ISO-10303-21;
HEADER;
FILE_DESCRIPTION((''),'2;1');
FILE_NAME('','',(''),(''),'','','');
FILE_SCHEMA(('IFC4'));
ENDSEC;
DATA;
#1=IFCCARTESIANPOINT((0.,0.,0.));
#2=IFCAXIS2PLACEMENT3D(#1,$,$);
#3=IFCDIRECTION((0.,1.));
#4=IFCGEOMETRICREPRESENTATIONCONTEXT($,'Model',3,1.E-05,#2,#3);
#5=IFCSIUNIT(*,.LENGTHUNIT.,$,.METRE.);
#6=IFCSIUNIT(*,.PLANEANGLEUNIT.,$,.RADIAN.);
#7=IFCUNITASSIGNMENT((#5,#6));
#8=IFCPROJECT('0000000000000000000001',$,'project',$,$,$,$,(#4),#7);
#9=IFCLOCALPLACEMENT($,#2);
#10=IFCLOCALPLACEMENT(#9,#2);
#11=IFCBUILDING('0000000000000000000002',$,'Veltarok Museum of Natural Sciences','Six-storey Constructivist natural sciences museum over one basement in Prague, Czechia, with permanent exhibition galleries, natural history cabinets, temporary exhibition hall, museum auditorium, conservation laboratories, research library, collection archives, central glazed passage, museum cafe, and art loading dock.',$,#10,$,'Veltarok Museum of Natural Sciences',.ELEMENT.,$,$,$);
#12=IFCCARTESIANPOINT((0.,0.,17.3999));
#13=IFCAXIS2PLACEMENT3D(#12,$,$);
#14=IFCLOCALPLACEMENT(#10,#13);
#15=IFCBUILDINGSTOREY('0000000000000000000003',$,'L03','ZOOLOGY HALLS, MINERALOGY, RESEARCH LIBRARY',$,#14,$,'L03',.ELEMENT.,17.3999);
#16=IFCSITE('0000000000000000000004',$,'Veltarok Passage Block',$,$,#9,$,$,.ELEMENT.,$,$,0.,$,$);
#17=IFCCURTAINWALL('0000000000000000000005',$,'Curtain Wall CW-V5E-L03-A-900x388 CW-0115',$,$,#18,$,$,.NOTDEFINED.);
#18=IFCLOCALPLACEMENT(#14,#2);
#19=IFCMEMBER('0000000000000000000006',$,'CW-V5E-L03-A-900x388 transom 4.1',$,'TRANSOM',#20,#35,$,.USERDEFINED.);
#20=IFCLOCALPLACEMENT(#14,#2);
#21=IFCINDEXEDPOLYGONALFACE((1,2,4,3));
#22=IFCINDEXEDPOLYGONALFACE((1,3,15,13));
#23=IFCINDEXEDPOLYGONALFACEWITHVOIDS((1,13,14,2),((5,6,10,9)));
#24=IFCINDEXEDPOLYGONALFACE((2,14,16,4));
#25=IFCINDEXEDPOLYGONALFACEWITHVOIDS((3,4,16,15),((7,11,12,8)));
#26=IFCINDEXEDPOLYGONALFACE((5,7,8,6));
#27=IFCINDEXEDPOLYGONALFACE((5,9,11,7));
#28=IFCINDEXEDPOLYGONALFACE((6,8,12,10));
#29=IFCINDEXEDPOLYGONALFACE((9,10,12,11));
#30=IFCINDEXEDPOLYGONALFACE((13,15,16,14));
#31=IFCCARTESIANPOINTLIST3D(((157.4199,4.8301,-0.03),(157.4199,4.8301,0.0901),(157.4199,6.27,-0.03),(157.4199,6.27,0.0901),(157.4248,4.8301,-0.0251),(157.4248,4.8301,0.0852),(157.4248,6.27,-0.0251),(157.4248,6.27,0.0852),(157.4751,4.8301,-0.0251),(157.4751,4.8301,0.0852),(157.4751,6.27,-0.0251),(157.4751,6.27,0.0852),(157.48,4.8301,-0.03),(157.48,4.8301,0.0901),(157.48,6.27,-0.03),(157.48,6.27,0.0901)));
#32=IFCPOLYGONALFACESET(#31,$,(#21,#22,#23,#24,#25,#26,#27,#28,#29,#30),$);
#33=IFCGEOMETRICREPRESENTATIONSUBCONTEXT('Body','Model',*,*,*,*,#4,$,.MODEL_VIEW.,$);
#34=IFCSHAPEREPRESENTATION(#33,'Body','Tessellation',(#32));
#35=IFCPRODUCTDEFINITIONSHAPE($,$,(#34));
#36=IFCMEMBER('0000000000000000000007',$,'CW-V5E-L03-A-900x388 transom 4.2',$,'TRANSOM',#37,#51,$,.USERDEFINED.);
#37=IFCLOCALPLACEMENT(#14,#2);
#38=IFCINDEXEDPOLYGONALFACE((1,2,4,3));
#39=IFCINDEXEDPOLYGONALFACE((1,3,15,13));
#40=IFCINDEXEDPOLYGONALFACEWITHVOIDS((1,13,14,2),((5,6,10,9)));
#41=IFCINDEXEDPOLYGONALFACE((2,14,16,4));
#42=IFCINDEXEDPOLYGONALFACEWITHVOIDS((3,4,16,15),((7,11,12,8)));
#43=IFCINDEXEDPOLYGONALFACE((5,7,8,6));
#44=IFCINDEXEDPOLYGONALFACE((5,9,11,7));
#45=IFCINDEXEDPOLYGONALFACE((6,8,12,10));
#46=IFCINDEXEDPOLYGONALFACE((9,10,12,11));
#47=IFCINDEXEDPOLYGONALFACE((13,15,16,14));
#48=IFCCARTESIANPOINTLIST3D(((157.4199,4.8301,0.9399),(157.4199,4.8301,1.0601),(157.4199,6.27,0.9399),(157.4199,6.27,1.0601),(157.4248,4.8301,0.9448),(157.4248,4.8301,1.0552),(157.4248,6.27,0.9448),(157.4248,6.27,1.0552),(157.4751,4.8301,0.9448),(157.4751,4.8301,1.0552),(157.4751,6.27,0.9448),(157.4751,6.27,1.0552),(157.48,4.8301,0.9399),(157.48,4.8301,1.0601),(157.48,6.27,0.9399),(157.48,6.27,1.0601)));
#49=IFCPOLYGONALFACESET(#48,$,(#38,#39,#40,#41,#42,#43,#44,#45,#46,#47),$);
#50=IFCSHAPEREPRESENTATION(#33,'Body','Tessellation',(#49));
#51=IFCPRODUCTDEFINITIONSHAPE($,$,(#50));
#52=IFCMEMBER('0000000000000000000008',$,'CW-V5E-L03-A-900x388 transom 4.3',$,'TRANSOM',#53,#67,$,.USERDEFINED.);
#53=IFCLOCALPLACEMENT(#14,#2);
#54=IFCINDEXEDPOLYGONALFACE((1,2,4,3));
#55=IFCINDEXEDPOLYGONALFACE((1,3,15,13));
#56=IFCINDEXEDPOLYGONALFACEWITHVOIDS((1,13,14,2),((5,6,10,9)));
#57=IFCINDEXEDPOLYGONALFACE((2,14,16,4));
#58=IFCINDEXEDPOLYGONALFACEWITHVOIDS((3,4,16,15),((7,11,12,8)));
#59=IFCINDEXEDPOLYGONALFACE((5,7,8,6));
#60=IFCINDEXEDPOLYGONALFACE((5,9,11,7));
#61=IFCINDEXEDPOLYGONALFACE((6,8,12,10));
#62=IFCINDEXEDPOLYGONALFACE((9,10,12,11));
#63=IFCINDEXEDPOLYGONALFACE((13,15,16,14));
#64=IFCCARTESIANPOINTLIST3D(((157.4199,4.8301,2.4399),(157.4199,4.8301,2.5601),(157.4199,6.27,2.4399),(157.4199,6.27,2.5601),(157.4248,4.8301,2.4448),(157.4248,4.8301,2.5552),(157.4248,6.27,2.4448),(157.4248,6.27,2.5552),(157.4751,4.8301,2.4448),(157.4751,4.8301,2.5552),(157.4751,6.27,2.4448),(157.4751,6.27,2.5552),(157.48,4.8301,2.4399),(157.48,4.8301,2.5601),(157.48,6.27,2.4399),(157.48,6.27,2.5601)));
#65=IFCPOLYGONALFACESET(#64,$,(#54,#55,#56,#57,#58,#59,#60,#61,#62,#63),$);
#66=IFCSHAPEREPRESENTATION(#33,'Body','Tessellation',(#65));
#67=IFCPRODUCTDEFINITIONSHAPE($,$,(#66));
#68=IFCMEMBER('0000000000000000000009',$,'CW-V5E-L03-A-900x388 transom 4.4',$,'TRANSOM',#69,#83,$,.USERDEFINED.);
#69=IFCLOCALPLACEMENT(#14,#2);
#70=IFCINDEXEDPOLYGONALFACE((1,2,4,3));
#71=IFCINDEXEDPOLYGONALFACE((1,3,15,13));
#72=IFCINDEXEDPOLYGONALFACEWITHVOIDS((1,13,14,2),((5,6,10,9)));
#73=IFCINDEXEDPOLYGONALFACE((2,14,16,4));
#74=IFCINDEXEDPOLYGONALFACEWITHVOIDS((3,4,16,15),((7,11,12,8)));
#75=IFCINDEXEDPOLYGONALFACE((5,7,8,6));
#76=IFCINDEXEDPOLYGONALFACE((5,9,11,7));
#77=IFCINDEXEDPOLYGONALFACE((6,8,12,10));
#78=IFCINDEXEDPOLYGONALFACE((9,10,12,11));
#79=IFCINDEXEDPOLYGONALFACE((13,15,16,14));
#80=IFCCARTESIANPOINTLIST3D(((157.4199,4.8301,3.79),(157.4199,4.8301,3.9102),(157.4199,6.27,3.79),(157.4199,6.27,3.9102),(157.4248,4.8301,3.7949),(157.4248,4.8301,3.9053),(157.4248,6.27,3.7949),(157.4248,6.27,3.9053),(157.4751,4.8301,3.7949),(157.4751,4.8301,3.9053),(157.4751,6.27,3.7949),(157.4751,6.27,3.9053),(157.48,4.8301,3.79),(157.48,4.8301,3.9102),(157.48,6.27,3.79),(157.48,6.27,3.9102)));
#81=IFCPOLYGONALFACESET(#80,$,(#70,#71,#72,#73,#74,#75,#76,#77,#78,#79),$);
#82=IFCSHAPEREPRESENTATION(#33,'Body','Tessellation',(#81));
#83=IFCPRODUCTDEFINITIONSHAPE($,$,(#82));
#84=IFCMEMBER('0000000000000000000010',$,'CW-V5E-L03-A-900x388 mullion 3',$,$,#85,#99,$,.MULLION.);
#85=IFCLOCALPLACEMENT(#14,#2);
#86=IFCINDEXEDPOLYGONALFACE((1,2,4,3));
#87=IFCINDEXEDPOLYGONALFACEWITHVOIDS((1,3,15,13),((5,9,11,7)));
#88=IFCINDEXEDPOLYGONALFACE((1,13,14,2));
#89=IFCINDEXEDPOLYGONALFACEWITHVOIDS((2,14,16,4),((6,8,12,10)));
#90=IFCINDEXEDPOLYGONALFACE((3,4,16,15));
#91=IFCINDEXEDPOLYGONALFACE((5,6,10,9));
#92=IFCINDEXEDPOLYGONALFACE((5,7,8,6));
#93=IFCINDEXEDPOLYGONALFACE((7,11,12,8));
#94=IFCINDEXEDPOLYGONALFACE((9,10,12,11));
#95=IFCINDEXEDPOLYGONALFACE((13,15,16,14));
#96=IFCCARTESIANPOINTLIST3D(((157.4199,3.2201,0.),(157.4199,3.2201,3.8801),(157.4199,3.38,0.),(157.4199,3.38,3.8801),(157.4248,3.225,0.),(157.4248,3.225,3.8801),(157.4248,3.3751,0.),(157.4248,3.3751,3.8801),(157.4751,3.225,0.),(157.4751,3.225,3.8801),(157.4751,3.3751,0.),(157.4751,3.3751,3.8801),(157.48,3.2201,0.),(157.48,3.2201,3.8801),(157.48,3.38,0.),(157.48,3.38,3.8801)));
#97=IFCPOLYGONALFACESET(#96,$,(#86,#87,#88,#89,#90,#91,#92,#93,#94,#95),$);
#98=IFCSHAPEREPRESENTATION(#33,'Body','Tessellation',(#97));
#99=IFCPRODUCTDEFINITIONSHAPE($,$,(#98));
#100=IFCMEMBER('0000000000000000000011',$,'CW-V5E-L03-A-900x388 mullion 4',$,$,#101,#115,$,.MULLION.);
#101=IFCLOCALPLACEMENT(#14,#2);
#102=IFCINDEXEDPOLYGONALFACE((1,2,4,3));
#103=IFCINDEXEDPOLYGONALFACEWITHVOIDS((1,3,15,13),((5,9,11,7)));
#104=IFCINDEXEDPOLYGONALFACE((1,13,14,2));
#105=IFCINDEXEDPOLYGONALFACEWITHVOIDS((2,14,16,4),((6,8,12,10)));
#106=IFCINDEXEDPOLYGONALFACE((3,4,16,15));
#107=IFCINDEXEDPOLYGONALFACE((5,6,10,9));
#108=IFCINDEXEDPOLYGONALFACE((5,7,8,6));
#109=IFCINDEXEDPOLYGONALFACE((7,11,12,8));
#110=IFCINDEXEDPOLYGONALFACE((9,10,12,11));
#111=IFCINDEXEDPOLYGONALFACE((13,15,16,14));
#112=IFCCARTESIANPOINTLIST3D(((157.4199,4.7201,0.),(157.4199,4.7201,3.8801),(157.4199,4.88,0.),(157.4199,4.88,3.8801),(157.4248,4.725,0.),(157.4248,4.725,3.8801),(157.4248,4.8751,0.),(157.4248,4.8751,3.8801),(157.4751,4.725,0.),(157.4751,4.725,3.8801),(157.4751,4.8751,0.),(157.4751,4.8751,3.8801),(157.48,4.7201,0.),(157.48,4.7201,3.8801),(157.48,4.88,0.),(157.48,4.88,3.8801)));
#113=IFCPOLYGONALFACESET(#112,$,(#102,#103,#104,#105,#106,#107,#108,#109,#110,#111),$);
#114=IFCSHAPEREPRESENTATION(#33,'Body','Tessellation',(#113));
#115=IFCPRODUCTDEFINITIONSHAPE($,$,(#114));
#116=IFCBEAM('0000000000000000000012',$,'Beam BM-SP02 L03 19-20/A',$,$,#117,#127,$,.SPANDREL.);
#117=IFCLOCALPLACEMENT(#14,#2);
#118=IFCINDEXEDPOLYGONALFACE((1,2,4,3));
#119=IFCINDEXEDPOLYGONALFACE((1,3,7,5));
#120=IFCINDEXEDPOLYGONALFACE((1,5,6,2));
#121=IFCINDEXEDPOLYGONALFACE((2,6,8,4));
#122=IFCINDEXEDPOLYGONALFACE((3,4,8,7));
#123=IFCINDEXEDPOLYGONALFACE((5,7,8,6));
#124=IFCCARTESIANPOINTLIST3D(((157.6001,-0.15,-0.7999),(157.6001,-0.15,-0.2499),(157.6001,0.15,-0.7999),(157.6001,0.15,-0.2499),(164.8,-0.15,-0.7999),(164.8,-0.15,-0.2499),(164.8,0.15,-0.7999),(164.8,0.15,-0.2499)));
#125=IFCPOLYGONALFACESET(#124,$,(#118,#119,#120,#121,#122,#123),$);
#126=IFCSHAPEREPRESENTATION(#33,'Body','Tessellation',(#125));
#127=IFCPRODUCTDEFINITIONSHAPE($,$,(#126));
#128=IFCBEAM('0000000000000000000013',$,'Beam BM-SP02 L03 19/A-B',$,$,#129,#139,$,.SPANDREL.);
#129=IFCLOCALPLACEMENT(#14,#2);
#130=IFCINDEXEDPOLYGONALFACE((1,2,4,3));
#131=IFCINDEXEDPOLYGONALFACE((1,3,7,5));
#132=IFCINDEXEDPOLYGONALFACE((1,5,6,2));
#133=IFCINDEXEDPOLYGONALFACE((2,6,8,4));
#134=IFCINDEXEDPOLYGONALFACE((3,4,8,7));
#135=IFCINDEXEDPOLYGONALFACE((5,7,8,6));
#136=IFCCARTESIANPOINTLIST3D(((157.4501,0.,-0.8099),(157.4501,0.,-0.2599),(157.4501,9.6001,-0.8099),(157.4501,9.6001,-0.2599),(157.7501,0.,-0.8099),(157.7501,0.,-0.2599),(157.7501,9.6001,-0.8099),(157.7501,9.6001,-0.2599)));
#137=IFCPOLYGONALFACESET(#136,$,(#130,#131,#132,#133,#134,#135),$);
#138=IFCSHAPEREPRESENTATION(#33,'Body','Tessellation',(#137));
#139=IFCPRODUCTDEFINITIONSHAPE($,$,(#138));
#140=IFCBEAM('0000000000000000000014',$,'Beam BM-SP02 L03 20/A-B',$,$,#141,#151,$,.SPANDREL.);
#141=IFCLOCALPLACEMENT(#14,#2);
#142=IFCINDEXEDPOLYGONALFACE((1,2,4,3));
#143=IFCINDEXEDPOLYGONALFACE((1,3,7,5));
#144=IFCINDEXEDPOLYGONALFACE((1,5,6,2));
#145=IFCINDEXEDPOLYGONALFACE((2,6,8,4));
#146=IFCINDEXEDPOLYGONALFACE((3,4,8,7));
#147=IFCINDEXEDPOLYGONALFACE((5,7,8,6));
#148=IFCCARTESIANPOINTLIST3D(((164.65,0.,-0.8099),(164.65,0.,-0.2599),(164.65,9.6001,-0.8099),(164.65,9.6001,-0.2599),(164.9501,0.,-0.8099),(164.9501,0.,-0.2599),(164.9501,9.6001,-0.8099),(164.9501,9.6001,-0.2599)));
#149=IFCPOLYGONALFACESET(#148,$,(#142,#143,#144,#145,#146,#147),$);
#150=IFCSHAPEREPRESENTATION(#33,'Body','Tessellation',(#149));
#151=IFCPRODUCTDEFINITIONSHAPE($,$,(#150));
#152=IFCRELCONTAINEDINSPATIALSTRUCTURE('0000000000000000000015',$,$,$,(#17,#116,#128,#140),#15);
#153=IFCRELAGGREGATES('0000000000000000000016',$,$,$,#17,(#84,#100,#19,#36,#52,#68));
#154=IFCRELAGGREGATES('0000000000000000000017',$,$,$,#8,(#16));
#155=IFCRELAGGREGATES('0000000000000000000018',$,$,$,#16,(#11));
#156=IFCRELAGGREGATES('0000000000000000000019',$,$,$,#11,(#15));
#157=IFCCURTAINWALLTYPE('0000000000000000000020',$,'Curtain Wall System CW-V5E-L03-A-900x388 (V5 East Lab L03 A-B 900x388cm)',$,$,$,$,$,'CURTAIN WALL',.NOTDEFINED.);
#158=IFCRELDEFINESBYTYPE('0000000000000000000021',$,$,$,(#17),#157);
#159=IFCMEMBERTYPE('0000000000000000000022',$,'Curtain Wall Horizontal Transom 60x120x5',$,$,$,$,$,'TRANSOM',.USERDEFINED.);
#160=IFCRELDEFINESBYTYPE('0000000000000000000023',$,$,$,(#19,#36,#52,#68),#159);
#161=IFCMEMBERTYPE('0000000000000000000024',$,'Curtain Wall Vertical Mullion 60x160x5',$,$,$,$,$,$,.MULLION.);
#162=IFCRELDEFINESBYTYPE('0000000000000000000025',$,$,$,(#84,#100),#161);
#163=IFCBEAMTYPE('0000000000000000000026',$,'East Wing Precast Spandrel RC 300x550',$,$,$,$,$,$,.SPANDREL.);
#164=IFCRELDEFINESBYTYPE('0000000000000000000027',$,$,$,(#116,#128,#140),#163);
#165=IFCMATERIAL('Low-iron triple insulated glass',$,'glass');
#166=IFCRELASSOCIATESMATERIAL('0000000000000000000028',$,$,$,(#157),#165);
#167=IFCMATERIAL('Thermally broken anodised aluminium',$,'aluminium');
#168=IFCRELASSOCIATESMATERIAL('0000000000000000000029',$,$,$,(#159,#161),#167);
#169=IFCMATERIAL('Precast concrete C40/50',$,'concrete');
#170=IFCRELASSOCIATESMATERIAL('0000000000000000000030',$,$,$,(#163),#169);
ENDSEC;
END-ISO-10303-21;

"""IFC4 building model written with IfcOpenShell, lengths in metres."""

from ifc_helpers import new_model, si_unit, direction, frame, origin, origin_2d, place, context, subcontext, project, spatial, rectangle, hollow_rectangle, extrude, material, material_profile, profile_set, type_object, element, aggregate, save


model = new_model("IFC4")

# Units and contexts
model_context = context("Model", 3, precision=1e-05, world=origin(), true_north=direction((0.0, 1.0)))
body_context = subcontext(model_context, "Body", "Model", "MODEL_VIEW")
ifc_project = project(units=[si_unit("LENGTHUNIT", "METRE"), si_unit("PLANEANGLEUNIT", "RADIAN")], contexts=[model_context])

# Site, building, storey
site_placement = place(None, origin())
site = spatial("IfcSite", under=ifc_project, at=site_placement, Name="Veltarok Passage Block", CompositionType="ELEMENT", RefElevation=0.0)
building_placement = place(site_placement, origin())
building = spatial("IfcBuilding", under=site, at=building_placement, Name="Veltarok Museum of Natural Sciences", Description="Six-storey Constructivist natural sciences museum over one basement in Prague, Czechia, with permanent exhibition galleries, natural history cabinets, temporary exhibition hall, museum auditorium, conservation laboratories, research library, collection archives, central glazed passage, museum cafe, and art loading dock.", LongName="Veltarok Museum of Natural Sciences", CompositionType="ELEMENT")
storey_placement = place(building_placement, frame((0.0, 0.0, 17.3999)))
storey = spatial("IfcBuildingStorey", under=building, at=storey_placement, Name="L03", Description="ZOOLOGY HALLS, MINERALOGY, RESEARCH LIBRARY", LongName="L03", CompositionType="ELEMENT", Elevation=17.3999)

# Curtain wall, members
ifc_material_1 = material(Name="Low-iron triple insulated glass", Category="glass")
curtain_wall_type = type_object("IfcCurtainWallType", Name="Curtain Wall System CW-V5E-L03-A-900x388 (V5 East Lab L03 A-B 900x388cm)", ElementType="CURTAIN WALL", PredefinedType="NOTDEFINED", material=ifc_material_1)
curtain_wall_placement = place(storey_placement, origin())
curtain_wall = element("IfcCurtainWall", 1, at=curtain_wall_placement, inside=storey, type_object=curtain_wall_type, Name="Curtain Wall CW-V5E-L03-A-900x388 CW-0115", PredefinedType="NOTDEFINED")
ifc_material_2 = material(Name="Thermally broken anodised aluminium", Category="aluminium")
ifc_material_profile_1 = material_profile(ifc_material_2, hollow_rectangle(XDim=0.0601, YDim=0.1201, WallThickness=0.0049, at=origin_2d()), Name="CW TRANSOM 60x120x5")
ifc_profile_set_1 = profile_set([ifc_material_profile_1], Name="Thermally broken anodised aluminium")
member_type_1 = type_object("IfcMemberType", Name="Curtain Wall Horizontal Transom 60x120x5", ElementType="TRANSOM", PredefinedType="USERDEFINED", material=ifc_profile_set_1)
member_1_placement = place(storey_placement, frame((157.45, 4.8301, 0.03), z_axis=(0.0, 1.0, 0.0), x_axis=(-1.0, 0.0, 0.0)))
member_1 = element("IfcMember", 2, at=member_1_placement, type_object=member_type_1, Name="CW-V5E-L03-A-900x388 transom 4.1", ObjectType="TRANSOM", PredefinedType="USERDEFINED", context=body_context, shape_type="SweptSolid", body=[
    extrude(hollow_rectangle(XDim=0.0601, YDim=0.1201, WallThickness=0.0049, at=origin_2d()), origin(), (0.0, 0.0, 1.0), 1.4399),
])
member_2_placement = place(storey_placement, frame((157.45, 4.8301, 1.0), z_axis=(0.0, 1.0, 0.0), x_axis=(-1.0, 0.0, 0.0)))
member_2 = element("IfcMember", 3, at=member_2_placement, type_object=member_type_1, Name="CW-V5E-L03-A-900x388 transom 4.2", ObjectType="TRANSOM", PredefinedType="USERDEFINED", context=body_context, shape_type="SweptSolid", body=[
    extrude(hollow_rectangle(XDim=0.0601, YDim=0.1201, WallThickness=0.0049, at=origin_2d()), origin(), (0.0, 0.0, 1.0), 1.4399),
])
member_3_placement = place(storey_placement, frame((157.45, 4.8301, 2.5), z_axis=(0.0, 1.0, 0.0), x_axis=(-1.0, 0.0, 0.0)))
member_3 = element("IfcMember", 4, at=member_3_placement, type_object=member_type_1, Name="CW-V5E-L03-A-900x388 transom 4.3", ObjectType="TRANSOM", PredefinedType="USERDEFINED", context=body_context, shape_type="SweptSolid", body=[
    extrude(hollow_rectangle(XDim=0.0601, YDim=0.1201, WallThickness=0.0049, at=origin_2d()), origin(), (0.0, 0.0, 1.0), 1.4399),
])
member_4_placement = place(storey_placement, frame((157.45, 4.8301, 3.8501), z_axis=(0.0, 1.0, 0.0), x_axis=(-1.0, 0.0, 0.0)))
member_4 = element("IfcMember", 5, at=member_4_placement, type_object=member_type_1, Name="CW-V5E-L03-A-900x388 transom 4.4", ObjectType="TRANSOM", PredefinedType="USERDEFINED", context=body_context, shape_type="SweptSolid", body=[
    extrude(hollow_rectangle(XDim=0.0601, YDim=0.1201, WallThickness=0.0049, at=origin_2d()), origin(), (0.0, 0.0, 1.0), 1.4399),
])
ifc_material_profile_2 = material_profile(ifc_material_2, hollow_rectangle(XDim=0.0601, YDim=0.1599, WallThickness=0.0049, at=origin_2d()), Name="CW MULLION 60x160x5")
ifc_profile_set_2 = profile_set([ifc_material_profile_2], Name="Thermally broken anodised aluminium")
member_type_2 = type_object("IfcMemberType", Name="Curtain Wall Vertical Mullion 60x160x5", PredefinedType="MULLION", material=ifc_profile_set_2)
member_5_placement = place(storey_placement, frame((157.45, 3.3, 0.0), z_axis=(0.0, 0.0, 1.0), x_axis=(-1.0, 0.0, 0.0)))
member_5 = element("IfcMember", 6, at=member_5_placement, type_object=member_type_2, Name="CW-V5E-L03-A-900x388 mullion 3", PredefinedType="MULLION", context=body_context, shape_type="SweptSolid", body=[
    extrude(hollow_rectangle(XDim=0.0601, YDim=0.1599, WallThickness=0.0049, at=origin_2d()), origin(), (0.0, 0.0, 1.0), 3.8801),
])
member_6_placement = place(storey_placement, frame((157.45, 4.8, 0.0), z_axis=(0.0, 0.0, 1.0), x_axis=(-1.0, 0.0, 0.0)))
member_6 = element("IfcMember", 7, at=member_6_placement, type_object=member_type_2, Name="CW-V5E-L03-A-900x388 mullion 4", PredefinedType="MULLION", context=body_context, shape_type="SweptSolid", body=[
    extrude(hollow_rectangle(XDim=0.0601, YDim=0.1599, WallThickness=0.0049, at=origin_2d()), origin(), (0.0, 0.0, 1.0), 3.8801),
])

# Beams
ifc_material_3 = material(Name="Precast concrete C40/50", Category="concrete")
ifc_material_profile_3 = material_profile(ifc_material_3, rectangle(XDim=0.3, YDim=0.55, at=origin_2d()), Name="RC 300x550")
ifc_profile_set_3 = profile_set([ifc_material_profile_3], Name="Precast concrete C40/50")
beam_type_1 = type_object("IfcBeamType", Name="East Wing Precast Spandrel RC 300x550", PredefinedType="SPANDREL", material=ifc_profile_set_3)
beam_1_placement = place(storey_placement, frame((157.6001, 0.0, -0.5249), z_axis=(1.0, 0.0, 0.0), x_axis=(0.0, 1.0, 0.0)))
element("IfcBeam", 8, at=beam_1_placement, inside=storey, type_object=beam_type_1, Name="Beam BM-SP02 L03 19-20/A", PredefinedType="SPANDREL", context=body_context, shape_type="SweptSolid", body=[
    extrude(rectangle(XDim=0.3, YDim=0.55, at=origin_2d()), origin(), (0.0, 0.0, 1.0), 7.2),
])
for number, where, z_axis, x_axis, name in (
    (9, (157.6001, 0.0, -0.5349), (0.0, 1.0, 0.0), (-1.0, 0.0, 0.0), "Beam BM-SP02 L03 19/A-B"),
    (10, (164.8, 0.0, -0.5349), (0.0, 1.0, 0.0), (-1.0, 0.0, 0.0), "Beam BM-SP02 L03 20/A-B"),
):
    element("IfcBeam", number, at=place(storey_placement, frame(where, z_axis=z_axis, x_axis=x_axis)), inside=storey, type_object=beam_type_1, Name=name, PredefinedType="SPANDREL", context=body_context, shape_type="SweptSolid", body=[
        extrude(rectangle(XDim=0.3, YDim=0.55, at=origin_2d()), origin(), (0.0, 0.0, 1.0), 9.6001),
    ])

aggregate(curtain_wall, [member_5, member_6, member_1, member_2, member_3, member_4])

save(model, "model.ifc")
